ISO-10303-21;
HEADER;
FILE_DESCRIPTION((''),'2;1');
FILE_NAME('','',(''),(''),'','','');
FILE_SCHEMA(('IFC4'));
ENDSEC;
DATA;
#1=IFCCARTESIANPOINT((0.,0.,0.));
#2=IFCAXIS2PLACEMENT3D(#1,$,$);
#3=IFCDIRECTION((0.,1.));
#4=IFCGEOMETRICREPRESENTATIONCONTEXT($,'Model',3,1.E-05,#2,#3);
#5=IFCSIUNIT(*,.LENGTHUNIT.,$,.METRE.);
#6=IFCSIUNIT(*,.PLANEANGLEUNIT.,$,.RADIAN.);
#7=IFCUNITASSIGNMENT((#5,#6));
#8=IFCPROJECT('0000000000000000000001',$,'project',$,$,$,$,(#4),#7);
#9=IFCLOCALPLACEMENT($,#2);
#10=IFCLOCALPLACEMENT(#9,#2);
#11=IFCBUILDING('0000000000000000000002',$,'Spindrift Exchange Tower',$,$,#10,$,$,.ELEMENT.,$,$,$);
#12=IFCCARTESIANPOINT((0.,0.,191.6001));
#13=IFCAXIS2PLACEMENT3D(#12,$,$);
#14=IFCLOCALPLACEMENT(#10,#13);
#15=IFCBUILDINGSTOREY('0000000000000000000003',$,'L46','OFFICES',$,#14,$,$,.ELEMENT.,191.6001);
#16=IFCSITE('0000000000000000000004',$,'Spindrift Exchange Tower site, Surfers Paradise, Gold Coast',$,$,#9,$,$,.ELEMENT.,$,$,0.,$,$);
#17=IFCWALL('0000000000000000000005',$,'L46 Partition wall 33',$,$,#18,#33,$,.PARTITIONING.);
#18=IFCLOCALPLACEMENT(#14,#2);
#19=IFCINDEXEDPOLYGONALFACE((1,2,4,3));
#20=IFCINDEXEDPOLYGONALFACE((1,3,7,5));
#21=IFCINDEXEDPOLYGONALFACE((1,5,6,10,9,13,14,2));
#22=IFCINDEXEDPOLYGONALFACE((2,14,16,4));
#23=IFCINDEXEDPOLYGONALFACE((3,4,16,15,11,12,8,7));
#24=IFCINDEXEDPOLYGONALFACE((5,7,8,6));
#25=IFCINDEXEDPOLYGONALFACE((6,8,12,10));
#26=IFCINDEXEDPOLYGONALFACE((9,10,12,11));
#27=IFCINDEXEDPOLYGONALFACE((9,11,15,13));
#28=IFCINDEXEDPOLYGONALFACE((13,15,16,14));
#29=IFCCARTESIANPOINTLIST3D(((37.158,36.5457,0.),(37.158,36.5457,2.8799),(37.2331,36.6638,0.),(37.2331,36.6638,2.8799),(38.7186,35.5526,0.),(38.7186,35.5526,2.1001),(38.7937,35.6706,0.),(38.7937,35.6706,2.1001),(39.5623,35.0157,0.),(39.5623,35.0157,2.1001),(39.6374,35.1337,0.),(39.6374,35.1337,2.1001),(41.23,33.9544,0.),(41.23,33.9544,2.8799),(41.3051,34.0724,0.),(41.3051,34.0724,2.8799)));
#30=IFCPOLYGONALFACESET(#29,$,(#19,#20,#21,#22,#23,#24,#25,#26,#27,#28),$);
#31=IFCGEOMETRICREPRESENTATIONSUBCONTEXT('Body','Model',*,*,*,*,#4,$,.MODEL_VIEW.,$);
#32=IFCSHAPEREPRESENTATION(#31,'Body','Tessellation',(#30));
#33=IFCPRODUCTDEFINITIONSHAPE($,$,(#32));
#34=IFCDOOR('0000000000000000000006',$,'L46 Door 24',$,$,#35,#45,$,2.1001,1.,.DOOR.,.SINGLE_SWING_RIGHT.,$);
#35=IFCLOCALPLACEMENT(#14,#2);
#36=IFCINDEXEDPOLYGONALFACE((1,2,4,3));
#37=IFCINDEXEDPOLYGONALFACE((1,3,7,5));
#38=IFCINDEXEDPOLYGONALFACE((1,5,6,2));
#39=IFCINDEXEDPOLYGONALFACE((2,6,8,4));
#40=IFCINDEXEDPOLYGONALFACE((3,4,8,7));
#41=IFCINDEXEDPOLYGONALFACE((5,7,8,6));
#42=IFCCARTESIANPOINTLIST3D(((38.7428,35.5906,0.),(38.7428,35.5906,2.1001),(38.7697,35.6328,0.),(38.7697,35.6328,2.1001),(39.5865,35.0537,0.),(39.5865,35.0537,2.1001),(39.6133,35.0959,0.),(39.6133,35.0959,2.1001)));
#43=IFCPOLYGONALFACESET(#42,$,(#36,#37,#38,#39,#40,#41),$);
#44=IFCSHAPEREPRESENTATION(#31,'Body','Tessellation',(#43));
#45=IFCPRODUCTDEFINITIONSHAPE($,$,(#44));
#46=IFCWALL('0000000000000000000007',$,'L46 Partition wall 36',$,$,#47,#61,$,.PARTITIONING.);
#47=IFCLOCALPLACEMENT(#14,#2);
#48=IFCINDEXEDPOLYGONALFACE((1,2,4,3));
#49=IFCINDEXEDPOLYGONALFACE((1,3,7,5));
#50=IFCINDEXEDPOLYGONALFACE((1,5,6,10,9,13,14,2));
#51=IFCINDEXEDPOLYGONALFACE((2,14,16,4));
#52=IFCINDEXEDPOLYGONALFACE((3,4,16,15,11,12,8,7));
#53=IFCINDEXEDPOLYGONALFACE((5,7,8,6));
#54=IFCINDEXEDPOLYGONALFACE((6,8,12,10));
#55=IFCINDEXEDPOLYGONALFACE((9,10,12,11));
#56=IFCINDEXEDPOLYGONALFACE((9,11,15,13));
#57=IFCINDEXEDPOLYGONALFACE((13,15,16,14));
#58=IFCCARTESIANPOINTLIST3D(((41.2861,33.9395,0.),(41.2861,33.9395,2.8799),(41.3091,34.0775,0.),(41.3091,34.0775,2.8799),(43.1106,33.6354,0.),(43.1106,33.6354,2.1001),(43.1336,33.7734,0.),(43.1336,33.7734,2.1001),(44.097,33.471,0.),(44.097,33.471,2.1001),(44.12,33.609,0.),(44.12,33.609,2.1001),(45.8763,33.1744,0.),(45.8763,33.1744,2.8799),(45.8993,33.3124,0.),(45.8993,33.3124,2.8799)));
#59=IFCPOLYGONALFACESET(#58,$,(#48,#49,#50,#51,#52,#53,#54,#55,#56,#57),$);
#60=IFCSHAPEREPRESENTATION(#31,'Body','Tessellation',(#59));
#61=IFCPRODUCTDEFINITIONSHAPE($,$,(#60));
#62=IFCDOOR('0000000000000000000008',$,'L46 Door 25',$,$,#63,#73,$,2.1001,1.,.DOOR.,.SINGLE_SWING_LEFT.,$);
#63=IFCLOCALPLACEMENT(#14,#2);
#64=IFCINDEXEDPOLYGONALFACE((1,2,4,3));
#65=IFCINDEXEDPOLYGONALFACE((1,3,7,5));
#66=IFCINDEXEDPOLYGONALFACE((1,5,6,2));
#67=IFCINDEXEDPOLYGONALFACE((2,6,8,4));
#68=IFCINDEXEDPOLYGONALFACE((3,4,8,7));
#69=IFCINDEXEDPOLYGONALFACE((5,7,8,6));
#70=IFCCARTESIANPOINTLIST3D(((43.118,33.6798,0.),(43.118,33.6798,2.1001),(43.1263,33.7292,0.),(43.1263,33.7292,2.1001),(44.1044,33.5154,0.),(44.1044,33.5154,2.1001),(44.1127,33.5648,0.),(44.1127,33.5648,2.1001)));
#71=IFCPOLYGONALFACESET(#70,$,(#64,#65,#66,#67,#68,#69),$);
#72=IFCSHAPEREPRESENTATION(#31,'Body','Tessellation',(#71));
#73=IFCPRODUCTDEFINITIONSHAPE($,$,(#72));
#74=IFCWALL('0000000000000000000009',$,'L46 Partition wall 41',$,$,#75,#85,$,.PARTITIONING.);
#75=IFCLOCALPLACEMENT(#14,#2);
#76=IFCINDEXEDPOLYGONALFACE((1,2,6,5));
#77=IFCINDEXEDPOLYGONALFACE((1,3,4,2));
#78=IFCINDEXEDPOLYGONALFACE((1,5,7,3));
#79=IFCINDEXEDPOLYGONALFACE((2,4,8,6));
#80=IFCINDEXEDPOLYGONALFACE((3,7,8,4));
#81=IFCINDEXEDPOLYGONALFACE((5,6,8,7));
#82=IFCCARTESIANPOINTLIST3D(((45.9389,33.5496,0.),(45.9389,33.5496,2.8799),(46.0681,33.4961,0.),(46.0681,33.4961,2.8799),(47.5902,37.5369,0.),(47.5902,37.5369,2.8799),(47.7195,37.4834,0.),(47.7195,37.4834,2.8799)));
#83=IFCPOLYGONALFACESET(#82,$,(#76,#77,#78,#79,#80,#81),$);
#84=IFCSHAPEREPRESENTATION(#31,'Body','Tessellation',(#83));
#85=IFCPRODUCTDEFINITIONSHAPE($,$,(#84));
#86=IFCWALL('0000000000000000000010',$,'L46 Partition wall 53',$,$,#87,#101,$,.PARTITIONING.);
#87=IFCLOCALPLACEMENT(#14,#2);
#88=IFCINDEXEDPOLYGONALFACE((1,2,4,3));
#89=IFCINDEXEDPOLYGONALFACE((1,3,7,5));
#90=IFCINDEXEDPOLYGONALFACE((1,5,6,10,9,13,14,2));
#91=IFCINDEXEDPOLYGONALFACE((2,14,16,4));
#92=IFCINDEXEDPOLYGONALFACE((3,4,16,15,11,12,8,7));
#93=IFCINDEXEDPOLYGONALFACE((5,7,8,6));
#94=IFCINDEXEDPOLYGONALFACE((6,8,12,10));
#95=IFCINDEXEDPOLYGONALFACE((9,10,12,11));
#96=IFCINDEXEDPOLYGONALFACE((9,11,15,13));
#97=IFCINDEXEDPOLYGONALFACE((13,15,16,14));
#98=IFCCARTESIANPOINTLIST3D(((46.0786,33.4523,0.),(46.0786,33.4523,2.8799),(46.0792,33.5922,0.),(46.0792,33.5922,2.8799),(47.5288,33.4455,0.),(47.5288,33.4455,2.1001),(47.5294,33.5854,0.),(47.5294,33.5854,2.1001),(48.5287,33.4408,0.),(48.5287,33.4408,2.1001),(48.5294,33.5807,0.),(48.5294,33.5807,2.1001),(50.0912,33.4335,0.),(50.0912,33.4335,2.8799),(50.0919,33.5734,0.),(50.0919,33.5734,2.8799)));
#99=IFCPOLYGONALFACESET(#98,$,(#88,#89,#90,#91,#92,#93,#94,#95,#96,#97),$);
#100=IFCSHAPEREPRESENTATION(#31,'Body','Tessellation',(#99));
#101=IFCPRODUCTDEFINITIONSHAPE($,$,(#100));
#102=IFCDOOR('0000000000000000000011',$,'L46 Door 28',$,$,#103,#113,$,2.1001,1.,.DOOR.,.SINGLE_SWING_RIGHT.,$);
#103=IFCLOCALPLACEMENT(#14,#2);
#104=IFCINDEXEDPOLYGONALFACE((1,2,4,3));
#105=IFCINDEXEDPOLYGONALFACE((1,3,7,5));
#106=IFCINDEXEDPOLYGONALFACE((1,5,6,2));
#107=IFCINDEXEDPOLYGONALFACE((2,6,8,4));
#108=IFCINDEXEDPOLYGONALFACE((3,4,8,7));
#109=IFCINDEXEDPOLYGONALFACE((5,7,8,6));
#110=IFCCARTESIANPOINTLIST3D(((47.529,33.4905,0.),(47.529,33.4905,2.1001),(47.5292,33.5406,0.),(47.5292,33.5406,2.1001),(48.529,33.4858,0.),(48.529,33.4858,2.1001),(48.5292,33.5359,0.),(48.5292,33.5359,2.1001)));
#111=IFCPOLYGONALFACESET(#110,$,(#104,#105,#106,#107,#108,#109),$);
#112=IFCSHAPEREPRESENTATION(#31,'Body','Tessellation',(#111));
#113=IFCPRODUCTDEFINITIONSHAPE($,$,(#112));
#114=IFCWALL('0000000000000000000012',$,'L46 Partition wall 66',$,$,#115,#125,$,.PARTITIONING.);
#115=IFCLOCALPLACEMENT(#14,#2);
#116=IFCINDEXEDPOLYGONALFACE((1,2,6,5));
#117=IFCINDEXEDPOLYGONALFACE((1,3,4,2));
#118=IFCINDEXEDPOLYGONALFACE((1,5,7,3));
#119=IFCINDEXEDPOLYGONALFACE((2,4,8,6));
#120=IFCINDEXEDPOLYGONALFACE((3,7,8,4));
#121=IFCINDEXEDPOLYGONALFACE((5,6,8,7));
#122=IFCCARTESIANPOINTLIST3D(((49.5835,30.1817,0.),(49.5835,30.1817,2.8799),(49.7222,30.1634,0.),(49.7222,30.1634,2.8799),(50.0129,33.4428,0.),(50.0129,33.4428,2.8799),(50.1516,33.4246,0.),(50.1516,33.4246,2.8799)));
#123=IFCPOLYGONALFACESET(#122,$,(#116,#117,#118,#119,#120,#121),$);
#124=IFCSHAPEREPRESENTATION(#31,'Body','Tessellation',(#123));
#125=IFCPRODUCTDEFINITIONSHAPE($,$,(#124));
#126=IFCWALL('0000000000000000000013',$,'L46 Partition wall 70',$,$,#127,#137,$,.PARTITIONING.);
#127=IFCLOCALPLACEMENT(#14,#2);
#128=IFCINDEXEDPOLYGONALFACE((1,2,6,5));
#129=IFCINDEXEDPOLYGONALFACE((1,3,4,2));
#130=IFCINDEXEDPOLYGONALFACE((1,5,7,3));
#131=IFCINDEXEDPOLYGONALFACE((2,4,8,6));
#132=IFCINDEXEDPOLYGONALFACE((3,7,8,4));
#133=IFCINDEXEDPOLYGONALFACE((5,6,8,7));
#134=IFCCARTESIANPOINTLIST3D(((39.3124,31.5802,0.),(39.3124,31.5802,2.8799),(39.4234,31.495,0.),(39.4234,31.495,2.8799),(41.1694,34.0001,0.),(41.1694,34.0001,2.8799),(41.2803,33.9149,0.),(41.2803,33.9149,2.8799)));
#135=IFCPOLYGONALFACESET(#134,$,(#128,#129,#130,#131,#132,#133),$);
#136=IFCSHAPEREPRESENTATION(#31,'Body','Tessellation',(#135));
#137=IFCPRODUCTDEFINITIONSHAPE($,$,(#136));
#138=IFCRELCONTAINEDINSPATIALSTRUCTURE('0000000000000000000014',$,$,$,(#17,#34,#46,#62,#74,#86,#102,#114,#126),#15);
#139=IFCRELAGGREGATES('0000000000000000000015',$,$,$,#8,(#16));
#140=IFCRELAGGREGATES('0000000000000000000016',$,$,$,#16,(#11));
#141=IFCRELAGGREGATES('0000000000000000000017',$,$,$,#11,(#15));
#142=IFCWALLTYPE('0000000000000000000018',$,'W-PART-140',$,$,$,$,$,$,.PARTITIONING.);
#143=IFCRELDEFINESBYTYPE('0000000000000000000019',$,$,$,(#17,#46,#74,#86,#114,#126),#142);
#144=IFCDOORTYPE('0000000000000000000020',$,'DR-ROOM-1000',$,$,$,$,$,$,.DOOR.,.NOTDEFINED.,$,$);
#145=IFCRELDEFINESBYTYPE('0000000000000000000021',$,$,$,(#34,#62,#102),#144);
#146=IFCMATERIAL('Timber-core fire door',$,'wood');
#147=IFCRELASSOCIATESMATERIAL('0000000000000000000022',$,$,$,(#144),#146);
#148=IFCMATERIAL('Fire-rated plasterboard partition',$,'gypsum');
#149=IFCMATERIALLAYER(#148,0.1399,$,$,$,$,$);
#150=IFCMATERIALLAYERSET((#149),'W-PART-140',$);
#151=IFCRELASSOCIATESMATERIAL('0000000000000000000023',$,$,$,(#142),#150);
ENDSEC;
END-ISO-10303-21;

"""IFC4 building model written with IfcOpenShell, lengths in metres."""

from ifc_helpers import new_model, si_unit, direction, frame, frame_2d, origin, place, context, subcontext, project, spatial, rectangle, extrude, source, transform, mapped, material, layer, layer_set, type_object, element, fill, save


model = new_model("IFC4")

# Units and contexts
model_context = context("Model", 3, precision=1e-05, world=origin(), true_north=direction((0.0, 1.0)))
body_context = subcontext(model_context, "Body", "Model", "MODEL_VIEW")
ifc_project = project(units=[si_unit("LENGTHUNIT", "METRE"), si_unit("PLANEANGLEUNIT", "RADIAN")], contexts=[model_context])

# Site, building, storey
site_placement = place(None, origin())
site = spatial("IfcSite", under=ifc_project, at=site_placement, Name="Spindrift Exchange Tower site, Surfers Paradise, Gold Coast", CompositionType="ELEMENT", RefElevation=0.0)
building_placement = place(site_placement, origin())
building = spatial("IfcBuilding", under=site, at=building_placement, Name="Spindrift Exchange Tower", CompositionType="ELEMENT")
storey_placement = place(building_placement, frame((0.0, 0.0, 191.6001)))
storey = spatial("IfcBuildingStorey", under=building, at=storey_placement, Name="L46", Description="OFFICES", CompositionType="ELEMENT", Elevation=191.6001)

# Shared definitions
ifc_material_1 = material(Name="Timber-core fire door", Category="wood")
ifc_material_2 = material(Name="Fire-rated plasterboard partition", Category="gypsum")
door_type_1 = type_object("IfcDoorType", Name="DR-ROOM-1000", OperationType="NOTDEFINED", PredefinedType="DOOR", material=ifc_material_1)
shared_shape_1 = source(origin(), body_context, "Body", "SweptSolid", [
    extrude(rectangle(XDim=1.0, YDim=2.1001, at=frame_2d((0.5, 1.05))), frame((0.0, 0.0249, 0.0), z_axis=(0.0, -1.0, 0.0), x_axis=(1.0, 0.0, 0.0)), (0.0, 0.0, 1.0), 0.05),
])

# Walls, openings, doors
ifc_layer_1 = layer(ifc_material_2, 0.1399)
ifc_layer_set_1 = layer_set([ifc_layer_1], Name="W-PART-140")
wall_type_1 = type_object("IfcWallType", Name="W-PART-140", PredefinedType="PARTITIONING", material=ifc_layer_set_1)
wall_1_placement = place(storey_placement, frame((41.2676, 34.0134, 0.0), z_axis=(0.0, 0.0, 1.0), x_axis=(-0.843659, 0.536879, 0.0)))
wall_1 = element("IfcWall", 1, at=wall_1_placement, inside=storey, type_object=wall_type_1, Name="L46 Partition wall 33", PredefinedType="PARTITIONING", context=body_context, shape_type="SweptSolid", body=[
    extrude(rectangle(XDim=4.8267, YDim=0.1399, at=frame_2d((2.4133, 0.0))), origin(), (0.0, 0.0, 1.0), 2.8799),
])
opening_1_placement = place(wall_1_placement, frame((1.9768, 0.0, 0.0)))
opening_1 = element("IfcOpeningElement", 2, at=opening_1_placement, cuts=wall_1, PredefinedType="OPENING", context=body_context, shape_type="SweptSolid", body=[
    extrude(rectangle(XDim=1.0, YDim=2.1001, at=frame_2d((0.5, 1.05))), frame((0.0, 0.0798, 0.0), z_axis=(0.0, -1.0, 0.0), x_axis=(1.0, 0.0, 0.0)), (0.0, 0.0, 1.0), 0.1599),
])
door_1_placement = place(opening_1_placement, origin())
door_1 = element("IfcDoor", 3, at=door_1_placement, inside=storey, type_object=door_type_1, Name="L46 Door 24", OperationType="SINGLE_SWING_RIGHT", OverallHeight=2.1001, OverallWidth=1.0, PredefinedType="DOOR", context=body_context, shape_type="MappedRepresentation", body=[
    mapped(shared_shape_1, transform((0.0, 0.0, 0.0), scale=1.0)),
])
fill(opening_1, door_1)
wall_2_placement = place(storey_placement, frame((45.8877, 33.2434, 0.0), z_axis=(0.0, 0.0, 1.0), x_axis=(-0.986391, 0.164416, 0.0)))
wall_2 = element("IfcWall", 4, at=wall_2_placement, inside=storey, type_object=wall_type_1, Name="L46 Partition wall 36", PredefinedType="PARTITIONING", context=body_context, shape_type="SweptSolid", body=[
    extrude(rectangle(XDim=4.6536, YDim=0.1399, at=frame_2d((2.3267, 0.0))), origin(), (0.0, 0.0, 1.0), 2.8799),
])
opening_2_placement = place(wall_2_placement, frame((1.8037, 0.0, 0.0)))
opening_2 = element("IfcOpeningElement", 5, at=opening_2_placement, cuts=wall_2, PredefinedType="OPENING", context=body_context, shape_type="SweptSolid", body=[
    extrude(rectangle(XDim=1.0, YDim=2.1001, at=frame_2d((0.5, 1.05))), frame((0.0, 0.0798, 0.0), z_axis=(0.0, -1.0, 0.0), x_axis=(1.0, 0.0, 0.0)), (0.0, 0.0, 1.0), 0.1599),
])
door_2_placement = place(opening_2_placement, origin())
door_2 = element("IfcDoor", 6, at=door_2_placement, inside=storey, type_object=door_type_1, Name="L46 Door 25", OperationType="SINGLE_SWING_LEFT", OverallHeight=2.1001, OverallWidth=1.0, PredefinedType="DOOR", context=body_context, shape_type="MappedRepresentation", body=[
    mapped(shared_shape_1, transform((0.0, 0.0, 0.0), scale=1.0)),
])
fill(opening_2, door_2)

# Wall
wall_3_placement = place(storey_placement, frame((47.6548, 37.51, 0.0), z_axis=(0.0, 0.0, 1.0), x_axis=(-0.382638, -0.923898, 0.0)))
element("IfcWall", 7, at=wall_3_placement, inside=storey, type_object=wall_type_1, Name="L46 Partition wall 41", PredefinedType="PARTITIONING", context=body_context, shape_type="SweptSolid", body=[
    extrude(rectangle(XDim=4.3157, YDim=0.1399, at=frame_2d((2.1577, 0.0))), origin(), (0.0, 0.0, 1.0), 2.8799),
])

# Wall, opening, door
wall_4_placement = place(storey_placement, frame((50.0916, 33.5034, 0.0), z_axis=(0.0, 0.0, 1.0), x_axis=(-0.999989, 0.004685, 0.0)))
wall_4 = element("IfcWall", 8, at=wall_4_placement, inside=storey, type_object=wall_type_1, Name="L46 Partition wall 53", PredefinedType="PARTITIONING", context=body_context, shape_type="SweptSolid", body=[
    extrude(rectangle(XDim=4.0127, YDim=0.1399, at=frame_2d((2.0063, 0.0))), origin(), (0.0, 0.0, 1.0), 2.8799),
])
opening_3_placement = place(wall_4_placement, frame((1.5625, 0.0, 0.0)))
opening_3 = element("IfcOpeningElement", 9, at=opening_3_placement, cuts=wall_4, PredefinedType="OPENING", context=body_context, shape_type="SweptSolid", body=[
    extrude(rectangle(XDim=1.0, YDim=2.1001, at=frame_2d((0.5, 1.05))), frame((0.0, 0.0798, 0.0), z_axis=(0.0, -1.0, 0.0), x_axis=(1.0, 0.0, 0.0)), (0.0, 0.0, 1.0), 0.1599),
])
door_3_placement = place(opening_3_placement, origin())
door_3 = element("IfcDoor", 10, at=door_3_placement, inside=storey, type_object=door_type_1, Name="L46 Door 28", OperationType="SINGLE_SWING_RIGHT", OverallHeight=2.1001, OverallWidth=1.0, PredefinedType="DOOR", context=body_context, shape_type="MappedRepresentation", body=[
    mapped(shared_shape_1, transform((0.0, 0.0, 0.0), scale=1.0)),
])
fill(opening_3, door_3)

# Walls
wall_5_placement = place(storey_placement, frame((50.0823, 33.4336, 0.0), z_axis=(0.0, 0.0, 1.0), x_axis=(-0.130554, -0.991441, 0.0)))
element("IfcWall", 11, at=wall_5_placement, inside=storey, type_object=wall_type_1, Name="L46 Partition wall 66", PredefinedType="PARTITIONING", context=body_context, shape_type="SweptSolid", body=[
    extrude(rectangle(XDim=3.2893, YDim=0.1399, at=frame_2d((1.6445, 0.0))), origin(), (0.0, 0.0, 1.0), 2.8799),
])
wall_6_placement = place(storey_placement, frame((41.2249, 33.9575, 0.0), z_axis=(0.0, 0.0, 1.0), x_axis=(-0.608774, -0.793343, 0.0)))
element("IfcWall", 12, at=wall_6_placement, inside=storey, type_object=wall_type_1, Name="L46 Partition wall 70", PredefinedType="PARTITIONING", context=body_context, shape_type="SweptSolid", body=[
    extrude(rectangle(XDim=3.0503, YDim=0.1399, at=frame_2d((1.5251, 0.0))), origin(), (0.0, 0.0, 1.0), 2.8799),
])

save(model, "model.ifc")
